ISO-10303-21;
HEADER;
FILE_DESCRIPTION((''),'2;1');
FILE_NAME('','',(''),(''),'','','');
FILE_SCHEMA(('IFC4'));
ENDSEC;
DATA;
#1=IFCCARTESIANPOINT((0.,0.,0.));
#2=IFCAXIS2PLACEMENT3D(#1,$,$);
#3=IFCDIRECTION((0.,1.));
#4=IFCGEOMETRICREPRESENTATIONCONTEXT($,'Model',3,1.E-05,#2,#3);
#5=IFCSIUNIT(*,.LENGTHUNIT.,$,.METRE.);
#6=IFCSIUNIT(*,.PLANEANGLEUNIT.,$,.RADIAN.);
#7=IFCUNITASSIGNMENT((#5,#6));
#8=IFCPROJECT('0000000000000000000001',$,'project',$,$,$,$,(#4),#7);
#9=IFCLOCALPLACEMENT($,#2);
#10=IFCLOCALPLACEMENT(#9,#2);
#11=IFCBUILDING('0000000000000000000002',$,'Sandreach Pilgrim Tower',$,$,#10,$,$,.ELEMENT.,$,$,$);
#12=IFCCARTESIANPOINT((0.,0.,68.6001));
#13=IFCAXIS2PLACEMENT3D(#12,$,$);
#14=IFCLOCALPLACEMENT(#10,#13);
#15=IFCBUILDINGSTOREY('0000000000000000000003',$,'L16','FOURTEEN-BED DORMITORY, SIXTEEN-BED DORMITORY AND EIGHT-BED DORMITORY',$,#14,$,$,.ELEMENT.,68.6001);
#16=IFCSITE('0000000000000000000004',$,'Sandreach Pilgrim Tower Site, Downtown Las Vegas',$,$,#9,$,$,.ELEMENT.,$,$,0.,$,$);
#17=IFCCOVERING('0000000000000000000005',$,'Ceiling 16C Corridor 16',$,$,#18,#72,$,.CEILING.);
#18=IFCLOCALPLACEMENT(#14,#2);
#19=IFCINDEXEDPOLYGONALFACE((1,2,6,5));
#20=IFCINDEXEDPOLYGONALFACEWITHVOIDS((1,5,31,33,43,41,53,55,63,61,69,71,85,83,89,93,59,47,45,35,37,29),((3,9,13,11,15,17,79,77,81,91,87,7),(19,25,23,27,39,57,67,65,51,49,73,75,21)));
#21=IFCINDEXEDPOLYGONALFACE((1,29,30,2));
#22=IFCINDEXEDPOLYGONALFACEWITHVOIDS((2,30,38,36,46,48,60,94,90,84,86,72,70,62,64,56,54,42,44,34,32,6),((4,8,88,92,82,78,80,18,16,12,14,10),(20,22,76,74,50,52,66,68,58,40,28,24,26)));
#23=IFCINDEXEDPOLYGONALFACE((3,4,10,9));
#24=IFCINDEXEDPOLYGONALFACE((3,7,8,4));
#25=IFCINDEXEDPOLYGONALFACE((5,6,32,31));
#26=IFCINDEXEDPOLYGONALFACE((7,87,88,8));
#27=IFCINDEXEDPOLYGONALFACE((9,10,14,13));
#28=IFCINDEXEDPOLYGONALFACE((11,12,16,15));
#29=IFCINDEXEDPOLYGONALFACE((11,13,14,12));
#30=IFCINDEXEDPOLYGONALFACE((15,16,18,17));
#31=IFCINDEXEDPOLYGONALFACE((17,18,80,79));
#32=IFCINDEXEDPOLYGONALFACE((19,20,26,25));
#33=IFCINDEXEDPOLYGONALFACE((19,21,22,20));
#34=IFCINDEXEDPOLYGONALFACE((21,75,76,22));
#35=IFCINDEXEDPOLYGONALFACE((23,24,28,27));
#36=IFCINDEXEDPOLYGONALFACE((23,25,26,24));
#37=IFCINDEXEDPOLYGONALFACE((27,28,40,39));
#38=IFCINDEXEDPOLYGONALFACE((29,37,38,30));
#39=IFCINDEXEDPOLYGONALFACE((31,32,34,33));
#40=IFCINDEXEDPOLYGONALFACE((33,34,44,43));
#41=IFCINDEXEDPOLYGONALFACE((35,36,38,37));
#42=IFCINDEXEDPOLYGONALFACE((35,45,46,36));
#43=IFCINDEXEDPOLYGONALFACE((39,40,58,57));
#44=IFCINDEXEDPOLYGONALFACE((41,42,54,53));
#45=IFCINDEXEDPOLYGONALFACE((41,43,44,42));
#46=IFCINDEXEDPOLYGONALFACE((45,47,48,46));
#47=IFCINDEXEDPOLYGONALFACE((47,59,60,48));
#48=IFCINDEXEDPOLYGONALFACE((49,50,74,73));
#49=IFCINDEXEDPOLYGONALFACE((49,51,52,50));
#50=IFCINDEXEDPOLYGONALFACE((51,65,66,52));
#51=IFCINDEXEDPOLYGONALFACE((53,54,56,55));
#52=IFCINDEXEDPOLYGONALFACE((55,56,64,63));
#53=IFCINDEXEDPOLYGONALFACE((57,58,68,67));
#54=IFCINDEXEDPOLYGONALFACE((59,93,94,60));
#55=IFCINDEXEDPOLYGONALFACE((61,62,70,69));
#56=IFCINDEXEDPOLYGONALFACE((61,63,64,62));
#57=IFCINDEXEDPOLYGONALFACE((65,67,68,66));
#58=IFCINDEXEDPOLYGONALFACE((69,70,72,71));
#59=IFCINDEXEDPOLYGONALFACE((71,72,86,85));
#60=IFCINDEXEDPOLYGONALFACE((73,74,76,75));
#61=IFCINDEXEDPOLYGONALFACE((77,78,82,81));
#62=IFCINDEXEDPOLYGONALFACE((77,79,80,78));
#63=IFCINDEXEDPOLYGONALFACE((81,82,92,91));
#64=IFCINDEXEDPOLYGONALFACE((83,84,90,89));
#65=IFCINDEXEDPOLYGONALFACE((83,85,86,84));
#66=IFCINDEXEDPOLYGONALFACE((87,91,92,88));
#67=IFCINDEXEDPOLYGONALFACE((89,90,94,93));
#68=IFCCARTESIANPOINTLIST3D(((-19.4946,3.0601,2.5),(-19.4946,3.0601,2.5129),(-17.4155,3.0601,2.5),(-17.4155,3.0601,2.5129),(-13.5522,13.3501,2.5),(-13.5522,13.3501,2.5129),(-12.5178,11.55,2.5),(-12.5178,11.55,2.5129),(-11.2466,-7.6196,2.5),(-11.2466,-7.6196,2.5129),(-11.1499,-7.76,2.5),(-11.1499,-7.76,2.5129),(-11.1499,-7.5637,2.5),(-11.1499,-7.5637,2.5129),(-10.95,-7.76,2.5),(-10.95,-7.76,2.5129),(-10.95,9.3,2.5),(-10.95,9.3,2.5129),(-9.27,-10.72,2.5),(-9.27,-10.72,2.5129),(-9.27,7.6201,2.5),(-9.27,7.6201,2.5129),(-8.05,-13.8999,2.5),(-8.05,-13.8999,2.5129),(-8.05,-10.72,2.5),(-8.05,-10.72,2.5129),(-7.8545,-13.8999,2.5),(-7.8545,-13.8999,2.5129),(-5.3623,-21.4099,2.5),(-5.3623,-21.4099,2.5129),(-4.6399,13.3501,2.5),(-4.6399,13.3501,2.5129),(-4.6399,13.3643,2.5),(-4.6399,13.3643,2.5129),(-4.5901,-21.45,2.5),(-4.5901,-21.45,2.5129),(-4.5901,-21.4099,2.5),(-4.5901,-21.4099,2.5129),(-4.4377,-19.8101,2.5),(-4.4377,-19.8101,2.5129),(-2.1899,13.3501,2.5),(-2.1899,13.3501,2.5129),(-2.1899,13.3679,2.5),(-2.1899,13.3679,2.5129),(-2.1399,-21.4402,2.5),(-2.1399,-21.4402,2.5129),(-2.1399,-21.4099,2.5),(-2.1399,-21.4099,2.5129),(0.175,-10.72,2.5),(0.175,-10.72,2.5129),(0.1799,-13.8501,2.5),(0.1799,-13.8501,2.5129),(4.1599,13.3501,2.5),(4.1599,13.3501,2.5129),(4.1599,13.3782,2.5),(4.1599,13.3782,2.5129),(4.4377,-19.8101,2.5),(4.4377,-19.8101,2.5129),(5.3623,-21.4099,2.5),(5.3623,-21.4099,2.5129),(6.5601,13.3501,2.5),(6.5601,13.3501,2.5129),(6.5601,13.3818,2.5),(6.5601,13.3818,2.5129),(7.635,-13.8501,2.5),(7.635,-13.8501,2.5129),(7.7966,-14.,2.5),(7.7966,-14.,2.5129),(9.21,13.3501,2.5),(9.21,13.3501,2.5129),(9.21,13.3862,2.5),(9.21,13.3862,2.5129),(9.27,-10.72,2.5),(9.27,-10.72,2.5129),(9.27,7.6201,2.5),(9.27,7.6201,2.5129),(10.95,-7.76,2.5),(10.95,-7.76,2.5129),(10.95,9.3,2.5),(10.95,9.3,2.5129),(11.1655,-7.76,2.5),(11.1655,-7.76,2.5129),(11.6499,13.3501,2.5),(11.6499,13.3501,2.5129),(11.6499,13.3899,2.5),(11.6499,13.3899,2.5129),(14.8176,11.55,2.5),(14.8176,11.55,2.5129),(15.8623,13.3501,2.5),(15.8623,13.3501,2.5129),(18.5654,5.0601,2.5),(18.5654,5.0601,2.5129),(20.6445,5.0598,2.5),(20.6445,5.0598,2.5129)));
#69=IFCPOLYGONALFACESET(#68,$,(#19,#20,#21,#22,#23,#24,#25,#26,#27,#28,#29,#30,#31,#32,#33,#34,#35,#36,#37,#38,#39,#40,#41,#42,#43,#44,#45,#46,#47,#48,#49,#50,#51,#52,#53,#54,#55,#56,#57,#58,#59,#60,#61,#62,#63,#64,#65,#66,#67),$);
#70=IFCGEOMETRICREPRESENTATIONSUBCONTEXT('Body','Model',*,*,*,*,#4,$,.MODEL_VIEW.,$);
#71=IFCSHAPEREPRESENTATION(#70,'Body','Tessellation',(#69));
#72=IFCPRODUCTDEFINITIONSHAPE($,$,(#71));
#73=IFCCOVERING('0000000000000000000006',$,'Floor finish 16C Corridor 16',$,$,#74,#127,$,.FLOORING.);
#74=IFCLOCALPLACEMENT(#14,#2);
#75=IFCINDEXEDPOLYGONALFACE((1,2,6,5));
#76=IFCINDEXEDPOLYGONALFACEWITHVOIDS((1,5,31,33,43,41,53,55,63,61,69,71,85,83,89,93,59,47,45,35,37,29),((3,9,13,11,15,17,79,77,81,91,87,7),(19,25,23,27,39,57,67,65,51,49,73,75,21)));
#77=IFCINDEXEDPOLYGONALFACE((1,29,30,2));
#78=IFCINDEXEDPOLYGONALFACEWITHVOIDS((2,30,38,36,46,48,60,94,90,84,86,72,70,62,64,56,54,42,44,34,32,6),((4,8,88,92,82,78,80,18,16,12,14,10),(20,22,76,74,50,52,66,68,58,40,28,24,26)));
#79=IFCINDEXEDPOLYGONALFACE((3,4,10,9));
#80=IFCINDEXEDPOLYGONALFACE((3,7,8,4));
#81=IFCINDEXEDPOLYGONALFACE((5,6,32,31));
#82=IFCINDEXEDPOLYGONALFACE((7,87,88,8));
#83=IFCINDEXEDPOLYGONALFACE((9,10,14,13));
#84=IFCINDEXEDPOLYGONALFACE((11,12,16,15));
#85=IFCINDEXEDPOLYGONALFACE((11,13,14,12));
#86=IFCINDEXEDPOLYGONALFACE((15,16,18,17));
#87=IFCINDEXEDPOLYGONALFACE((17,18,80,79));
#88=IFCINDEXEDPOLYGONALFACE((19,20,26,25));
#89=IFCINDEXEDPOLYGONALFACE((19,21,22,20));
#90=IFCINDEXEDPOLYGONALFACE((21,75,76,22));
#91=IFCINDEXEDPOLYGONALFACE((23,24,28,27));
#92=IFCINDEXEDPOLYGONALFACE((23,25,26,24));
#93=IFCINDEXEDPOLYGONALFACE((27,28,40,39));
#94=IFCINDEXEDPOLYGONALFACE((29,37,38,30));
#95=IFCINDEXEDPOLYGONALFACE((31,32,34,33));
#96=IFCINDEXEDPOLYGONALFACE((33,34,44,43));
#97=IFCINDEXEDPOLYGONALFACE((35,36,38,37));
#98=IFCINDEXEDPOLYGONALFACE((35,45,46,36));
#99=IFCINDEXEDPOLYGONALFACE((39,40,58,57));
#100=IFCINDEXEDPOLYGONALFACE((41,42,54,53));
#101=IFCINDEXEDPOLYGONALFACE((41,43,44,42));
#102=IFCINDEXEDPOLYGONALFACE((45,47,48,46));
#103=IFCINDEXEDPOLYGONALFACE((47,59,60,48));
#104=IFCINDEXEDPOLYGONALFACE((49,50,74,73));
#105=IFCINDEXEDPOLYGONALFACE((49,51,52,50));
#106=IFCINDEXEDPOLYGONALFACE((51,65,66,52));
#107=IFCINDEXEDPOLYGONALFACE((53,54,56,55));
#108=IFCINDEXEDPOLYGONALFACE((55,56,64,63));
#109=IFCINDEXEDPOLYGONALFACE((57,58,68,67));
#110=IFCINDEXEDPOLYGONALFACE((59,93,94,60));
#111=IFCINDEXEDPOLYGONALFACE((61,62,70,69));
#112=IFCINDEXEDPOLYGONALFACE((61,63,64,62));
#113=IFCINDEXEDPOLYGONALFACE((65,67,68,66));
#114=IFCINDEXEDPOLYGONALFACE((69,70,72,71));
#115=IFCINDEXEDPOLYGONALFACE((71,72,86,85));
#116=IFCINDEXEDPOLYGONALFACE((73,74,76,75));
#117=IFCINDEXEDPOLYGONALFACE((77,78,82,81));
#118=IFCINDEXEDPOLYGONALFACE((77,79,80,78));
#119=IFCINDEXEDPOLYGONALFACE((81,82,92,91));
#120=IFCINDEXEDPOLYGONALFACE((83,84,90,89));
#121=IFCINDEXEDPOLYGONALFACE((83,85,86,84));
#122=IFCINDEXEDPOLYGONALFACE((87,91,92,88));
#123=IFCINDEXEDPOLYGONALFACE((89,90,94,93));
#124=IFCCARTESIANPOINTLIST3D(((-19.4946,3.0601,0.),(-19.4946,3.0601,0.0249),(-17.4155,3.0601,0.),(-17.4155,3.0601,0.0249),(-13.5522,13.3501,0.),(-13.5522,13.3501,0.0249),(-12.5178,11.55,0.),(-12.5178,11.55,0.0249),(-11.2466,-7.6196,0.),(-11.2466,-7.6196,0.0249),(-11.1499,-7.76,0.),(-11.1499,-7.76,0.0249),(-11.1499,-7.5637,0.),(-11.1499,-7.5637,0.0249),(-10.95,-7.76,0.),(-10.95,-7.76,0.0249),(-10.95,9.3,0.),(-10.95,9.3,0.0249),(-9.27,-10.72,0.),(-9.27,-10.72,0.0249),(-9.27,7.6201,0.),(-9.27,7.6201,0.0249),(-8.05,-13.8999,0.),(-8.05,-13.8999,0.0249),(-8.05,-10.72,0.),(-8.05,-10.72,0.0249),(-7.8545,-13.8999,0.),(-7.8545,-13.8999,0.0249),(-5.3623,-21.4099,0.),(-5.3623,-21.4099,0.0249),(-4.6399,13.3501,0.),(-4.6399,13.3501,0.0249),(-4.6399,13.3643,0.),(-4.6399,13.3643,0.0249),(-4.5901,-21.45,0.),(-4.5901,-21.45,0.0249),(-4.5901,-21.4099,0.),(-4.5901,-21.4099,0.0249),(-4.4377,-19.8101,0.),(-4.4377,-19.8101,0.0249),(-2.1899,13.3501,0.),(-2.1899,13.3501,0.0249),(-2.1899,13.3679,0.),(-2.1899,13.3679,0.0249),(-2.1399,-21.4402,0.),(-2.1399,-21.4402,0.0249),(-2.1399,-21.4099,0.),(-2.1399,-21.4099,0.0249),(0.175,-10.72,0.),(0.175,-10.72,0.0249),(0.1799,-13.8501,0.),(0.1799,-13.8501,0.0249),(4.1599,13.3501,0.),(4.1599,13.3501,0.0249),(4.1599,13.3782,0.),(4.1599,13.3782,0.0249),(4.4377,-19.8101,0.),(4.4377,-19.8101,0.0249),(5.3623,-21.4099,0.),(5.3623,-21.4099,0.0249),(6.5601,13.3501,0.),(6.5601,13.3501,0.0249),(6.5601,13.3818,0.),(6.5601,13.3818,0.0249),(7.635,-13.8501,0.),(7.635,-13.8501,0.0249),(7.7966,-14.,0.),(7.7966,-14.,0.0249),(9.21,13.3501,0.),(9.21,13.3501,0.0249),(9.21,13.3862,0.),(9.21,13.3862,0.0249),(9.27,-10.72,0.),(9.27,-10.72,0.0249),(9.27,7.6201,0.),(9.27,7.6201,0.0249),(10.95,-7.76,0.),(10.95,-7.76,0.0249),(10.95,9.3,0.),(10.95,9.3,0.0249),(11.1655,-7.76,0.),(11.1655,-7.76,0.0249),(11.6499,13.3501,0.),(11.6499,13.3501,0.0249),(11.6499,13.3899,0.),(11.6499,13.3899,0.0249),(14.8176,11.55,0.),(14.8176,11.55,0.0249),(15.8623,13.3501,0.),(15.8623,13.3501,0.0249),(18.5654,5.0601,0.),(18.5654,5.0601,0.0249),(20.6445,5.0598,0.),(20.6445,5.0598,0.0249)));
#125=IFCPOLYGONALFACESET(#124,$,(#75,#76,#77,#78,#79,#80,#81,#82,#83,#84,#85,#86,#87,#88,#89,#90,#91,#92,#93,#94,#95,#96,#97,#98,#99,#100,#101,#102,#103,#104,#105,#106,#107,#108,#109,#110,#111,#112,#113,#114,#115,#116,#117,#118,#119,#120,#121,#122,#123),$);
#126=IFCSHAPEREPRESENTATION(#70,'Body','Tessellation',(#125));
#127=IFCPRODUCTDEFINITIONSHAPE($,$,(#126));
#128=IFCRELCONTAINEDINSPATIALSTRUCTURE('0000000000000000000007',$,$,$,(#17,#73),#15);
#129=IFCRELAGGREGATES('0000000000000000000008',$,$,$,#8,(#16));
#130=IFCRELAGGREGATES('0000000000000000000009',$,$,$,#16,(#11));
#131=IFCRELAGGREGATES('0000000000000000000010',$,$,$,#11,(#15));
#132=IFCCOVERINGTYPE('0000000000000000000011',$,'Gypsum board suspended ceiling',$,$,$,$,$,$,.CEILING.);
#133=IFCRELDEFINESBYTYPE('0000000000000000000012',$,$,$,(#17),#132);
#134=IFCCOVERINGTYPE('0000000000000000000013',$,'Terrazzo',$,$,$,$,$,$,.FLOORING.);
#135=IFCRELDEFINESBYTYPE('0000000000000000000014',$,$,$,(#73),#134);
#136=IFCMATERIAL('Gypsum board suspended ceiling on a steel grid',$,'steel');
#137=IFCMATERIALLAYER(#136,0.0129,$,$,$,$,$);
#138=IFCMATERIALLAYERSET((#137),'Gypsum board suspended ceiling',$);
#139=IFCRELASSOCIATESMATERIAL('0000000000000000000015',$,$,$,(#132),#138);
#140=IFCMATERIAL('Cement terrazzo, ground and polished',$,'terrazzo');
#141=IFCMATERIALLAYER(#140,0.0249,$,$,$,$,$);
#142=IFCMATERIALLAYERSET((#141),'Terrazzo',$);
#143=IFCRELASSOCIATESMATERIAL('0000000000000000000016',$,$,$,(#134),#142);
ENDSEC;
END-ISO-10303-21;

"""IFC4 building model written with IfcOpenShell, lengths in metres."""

from ifc_helpers import new_model, si_unit, direction, frame, origin, place, context, subcontext, project, spatial, polyline, outline, extrude, material, layer, layer_set, type_object, element, save


model = new_model("IFC4")

# Units and contexts
model_context = context("Model", 3, precision=1e-05, world=origin(), true_north=direction((0.0, 1.0)))
body_context = subcontext(model_context, "Body", "Model", "MODEL_VIEW")
ifc_project = project(units=[si_unit("LENGTHUNIT", "METRE"), si_unit("PLANEANGLEUNIT", "RADIAN")], contexts=[model_context])

# Site, building, storey
site_placement = place(None, origin())
site = spatial("IfcSite", under=ifc_project, at=site_placement, Name="Sandreach Pilgrim Tower Site, Downtown Las Vegas", CompositionType="ELEMENT", RefElevation=0.0)
building_placement = place(site_placement, origin())
building = spatial("IfcBuilding", under=site, at=building_placement, Name="Sandreach Pilgrim Tower", CompositionType="ELEMENT")
storey_placement = place(building_placement, frame((0.0, 0.0, 68.6001)))
storey = spatial("IfcBuildingStorey", under=building, at=storey_placement, Name="L16", Description="FOURTEEN-BED DORMITORY, SIXTEEN-BED DORMITORY AND EIGHT-BED DORMITORY", CompositionType="ELEMENT", Elevation=68.6001)

# Coverings
ifc_material_1 = material(Name="Gypsum board suspended ceiling on a steel grid", Category="steel")
ifc_layer_1 = layer(ifc_material_1, 0.0129)
ifc_layer_set_1 = layer_set([ifc_layer_1], Name="Gypsum board suspended ceiling")
covering_type_1 = type_object("IfcCoveringType", Name="Gypsum board suspended ceiling", PredefinedType="CEILING", material=ifc_layer_set_1)
covering_1_placement = place(storey_placement, frame((0.0, 0.0, 2.5)))
element("IfcCovering", 1, at=covering_1_placement, inside=storey, type_object=covering_type_1, Name="Ceiling 16C Corridor 16", PredefinedType="CEILING", context=body_context, shape_type="SweptSolid", body=[
    extrude(outline(polyline([(-19.4946, 3.0601), (-13.5522, 13.3501), (-4.6399, 13.3501), (-4.6399, 13.3643), (-2.1899, 13.3679), (-2.1899, 13.3501), (4.1599, 13.3501), (4.1599, 13.3782), (6.5601, 13.3818), (6.5601, 13.3501), (9.21, 13.3501), (9.21, 13.3862), (11.6499, 13.3899), (11.6499, 13.3501), (15.8623, 13.3501), (20.6445, 5.0598), (5.3623, -21.4099), (-2.1399, -21.4099), (-2.1399, -21.4402), (-4.5901, -21.45), (-4.5901, -21.4099), (-5.3623, -21.4099), (-19.4946, 3.0601)]), holes=[polyline([(-17.4155, 3.0601), (-11.2466, -7.6196), (-11.1499, -7.5637), (-11.1499, -7.76), (-10.95, -7.76), (-10.95, 9.3), (10.95, 9.3), (10.95, -7.76), (11.1655, -7.76), (18.5654, 5.0601), (14.8176, 11.55), (-12.5178, 11.55), (-17.4155, 3.0601)]), polyline([(-8.05, -10.72), (-8.05, -13.8999), (-7.8545, -13.8999), (-4.4377, -19.8101), (4.4377, -19.8101), (7.7966, -14.0), (7.635, -13.8501), (0.1799, -13.8501), (0.175, -10.72), (9.27, -10.72), (9.27, 7.6201), (-9.27, 7.6201), (-9.27, -10.72), (-8.05, -10.72)])]), origin(), (0.0, 0.0, 1.0), 0.0129),
])
ifc_material_2 = material(Name="Cement terrazzo, ground and polished", Category="terrazzo")
ifc_layer_2 = layer(ifc_material_2, 0.0249)
ifc_layer_set_2 = layer_set([ifc_layer_2], Name="Terrazzo")
covering_type_2 = type_object("IfcCoveringType", Name="Terrazzo", PredefinedType="FLOORING", material=ifc_layer_set_2)
covering_2_placement = place(storey_placement, origin())
element("IfcCovering", 2, at=covering_2_placement, inside=storey, type_object=covering_type_2, Name="Floor finish 16C Corridor 16", PredefinedType="FLOORING", context=body_context, shape_type="SweptSolid", body=[
    extrude(outline(polyline([(-19.4946, 3.0601), (-13.5522, 13.3501), (-4.6399, 13.3501), (-4.6399, 13.3643), (-2.1899, 13.3679), (-2.1899, 13.3501), (4.1599, 13.3501), (4.1599, 13.3782), (6.5601, 13.3818), (6.5601, 13.3501), (9.21, 13.3501), (9.21, 13.3862), (11.6499, 13.3899), (11.6499, 13.3501), (15.8623, 13.3501), (20.6445, 5.0598), (5.3623, -21.4099), (-2.1399, -21.4099), (-2.1399, -21.4402), (-4.5901, -21.45), (-4.5901, -21.4099), (-5.3623, -21.4099), (-19.4946, 3.0601)]), holes=[polyline([(-17.4155, 3.0601), (-11.2466, -7.6196), (-11.1499, -7.5637), (-11.1499, -7.76), (-10.95, -7.76), (-10.95, 9.3), (10.95, 9.3), (10.95, -7.76), (11.1655, -7.76), (18.5654, 5.0601), (14.8176, 11.55), (-12.5178, 11.55), (-17.4155, 3.0601)]), polyline([(-8.05, -10.72), (-8.05, -13.8999), (-7.8545, -13.8999), (-4.4377, -19.8101), (4.4377, -19.8101), (7.7966, -14.0), (7.635, -13.8501), (0.1799, -13.8501), (0.175, -10.72), (9.27, -10.72), (9.27, 7.6201), (-9.27, 7.6201), (-9.27, -10.72), (-8.05, -10.72)])]), origin(), (0.0, 0.0, 1.0), 0.0249),
])

save(model, "model.ifc")
